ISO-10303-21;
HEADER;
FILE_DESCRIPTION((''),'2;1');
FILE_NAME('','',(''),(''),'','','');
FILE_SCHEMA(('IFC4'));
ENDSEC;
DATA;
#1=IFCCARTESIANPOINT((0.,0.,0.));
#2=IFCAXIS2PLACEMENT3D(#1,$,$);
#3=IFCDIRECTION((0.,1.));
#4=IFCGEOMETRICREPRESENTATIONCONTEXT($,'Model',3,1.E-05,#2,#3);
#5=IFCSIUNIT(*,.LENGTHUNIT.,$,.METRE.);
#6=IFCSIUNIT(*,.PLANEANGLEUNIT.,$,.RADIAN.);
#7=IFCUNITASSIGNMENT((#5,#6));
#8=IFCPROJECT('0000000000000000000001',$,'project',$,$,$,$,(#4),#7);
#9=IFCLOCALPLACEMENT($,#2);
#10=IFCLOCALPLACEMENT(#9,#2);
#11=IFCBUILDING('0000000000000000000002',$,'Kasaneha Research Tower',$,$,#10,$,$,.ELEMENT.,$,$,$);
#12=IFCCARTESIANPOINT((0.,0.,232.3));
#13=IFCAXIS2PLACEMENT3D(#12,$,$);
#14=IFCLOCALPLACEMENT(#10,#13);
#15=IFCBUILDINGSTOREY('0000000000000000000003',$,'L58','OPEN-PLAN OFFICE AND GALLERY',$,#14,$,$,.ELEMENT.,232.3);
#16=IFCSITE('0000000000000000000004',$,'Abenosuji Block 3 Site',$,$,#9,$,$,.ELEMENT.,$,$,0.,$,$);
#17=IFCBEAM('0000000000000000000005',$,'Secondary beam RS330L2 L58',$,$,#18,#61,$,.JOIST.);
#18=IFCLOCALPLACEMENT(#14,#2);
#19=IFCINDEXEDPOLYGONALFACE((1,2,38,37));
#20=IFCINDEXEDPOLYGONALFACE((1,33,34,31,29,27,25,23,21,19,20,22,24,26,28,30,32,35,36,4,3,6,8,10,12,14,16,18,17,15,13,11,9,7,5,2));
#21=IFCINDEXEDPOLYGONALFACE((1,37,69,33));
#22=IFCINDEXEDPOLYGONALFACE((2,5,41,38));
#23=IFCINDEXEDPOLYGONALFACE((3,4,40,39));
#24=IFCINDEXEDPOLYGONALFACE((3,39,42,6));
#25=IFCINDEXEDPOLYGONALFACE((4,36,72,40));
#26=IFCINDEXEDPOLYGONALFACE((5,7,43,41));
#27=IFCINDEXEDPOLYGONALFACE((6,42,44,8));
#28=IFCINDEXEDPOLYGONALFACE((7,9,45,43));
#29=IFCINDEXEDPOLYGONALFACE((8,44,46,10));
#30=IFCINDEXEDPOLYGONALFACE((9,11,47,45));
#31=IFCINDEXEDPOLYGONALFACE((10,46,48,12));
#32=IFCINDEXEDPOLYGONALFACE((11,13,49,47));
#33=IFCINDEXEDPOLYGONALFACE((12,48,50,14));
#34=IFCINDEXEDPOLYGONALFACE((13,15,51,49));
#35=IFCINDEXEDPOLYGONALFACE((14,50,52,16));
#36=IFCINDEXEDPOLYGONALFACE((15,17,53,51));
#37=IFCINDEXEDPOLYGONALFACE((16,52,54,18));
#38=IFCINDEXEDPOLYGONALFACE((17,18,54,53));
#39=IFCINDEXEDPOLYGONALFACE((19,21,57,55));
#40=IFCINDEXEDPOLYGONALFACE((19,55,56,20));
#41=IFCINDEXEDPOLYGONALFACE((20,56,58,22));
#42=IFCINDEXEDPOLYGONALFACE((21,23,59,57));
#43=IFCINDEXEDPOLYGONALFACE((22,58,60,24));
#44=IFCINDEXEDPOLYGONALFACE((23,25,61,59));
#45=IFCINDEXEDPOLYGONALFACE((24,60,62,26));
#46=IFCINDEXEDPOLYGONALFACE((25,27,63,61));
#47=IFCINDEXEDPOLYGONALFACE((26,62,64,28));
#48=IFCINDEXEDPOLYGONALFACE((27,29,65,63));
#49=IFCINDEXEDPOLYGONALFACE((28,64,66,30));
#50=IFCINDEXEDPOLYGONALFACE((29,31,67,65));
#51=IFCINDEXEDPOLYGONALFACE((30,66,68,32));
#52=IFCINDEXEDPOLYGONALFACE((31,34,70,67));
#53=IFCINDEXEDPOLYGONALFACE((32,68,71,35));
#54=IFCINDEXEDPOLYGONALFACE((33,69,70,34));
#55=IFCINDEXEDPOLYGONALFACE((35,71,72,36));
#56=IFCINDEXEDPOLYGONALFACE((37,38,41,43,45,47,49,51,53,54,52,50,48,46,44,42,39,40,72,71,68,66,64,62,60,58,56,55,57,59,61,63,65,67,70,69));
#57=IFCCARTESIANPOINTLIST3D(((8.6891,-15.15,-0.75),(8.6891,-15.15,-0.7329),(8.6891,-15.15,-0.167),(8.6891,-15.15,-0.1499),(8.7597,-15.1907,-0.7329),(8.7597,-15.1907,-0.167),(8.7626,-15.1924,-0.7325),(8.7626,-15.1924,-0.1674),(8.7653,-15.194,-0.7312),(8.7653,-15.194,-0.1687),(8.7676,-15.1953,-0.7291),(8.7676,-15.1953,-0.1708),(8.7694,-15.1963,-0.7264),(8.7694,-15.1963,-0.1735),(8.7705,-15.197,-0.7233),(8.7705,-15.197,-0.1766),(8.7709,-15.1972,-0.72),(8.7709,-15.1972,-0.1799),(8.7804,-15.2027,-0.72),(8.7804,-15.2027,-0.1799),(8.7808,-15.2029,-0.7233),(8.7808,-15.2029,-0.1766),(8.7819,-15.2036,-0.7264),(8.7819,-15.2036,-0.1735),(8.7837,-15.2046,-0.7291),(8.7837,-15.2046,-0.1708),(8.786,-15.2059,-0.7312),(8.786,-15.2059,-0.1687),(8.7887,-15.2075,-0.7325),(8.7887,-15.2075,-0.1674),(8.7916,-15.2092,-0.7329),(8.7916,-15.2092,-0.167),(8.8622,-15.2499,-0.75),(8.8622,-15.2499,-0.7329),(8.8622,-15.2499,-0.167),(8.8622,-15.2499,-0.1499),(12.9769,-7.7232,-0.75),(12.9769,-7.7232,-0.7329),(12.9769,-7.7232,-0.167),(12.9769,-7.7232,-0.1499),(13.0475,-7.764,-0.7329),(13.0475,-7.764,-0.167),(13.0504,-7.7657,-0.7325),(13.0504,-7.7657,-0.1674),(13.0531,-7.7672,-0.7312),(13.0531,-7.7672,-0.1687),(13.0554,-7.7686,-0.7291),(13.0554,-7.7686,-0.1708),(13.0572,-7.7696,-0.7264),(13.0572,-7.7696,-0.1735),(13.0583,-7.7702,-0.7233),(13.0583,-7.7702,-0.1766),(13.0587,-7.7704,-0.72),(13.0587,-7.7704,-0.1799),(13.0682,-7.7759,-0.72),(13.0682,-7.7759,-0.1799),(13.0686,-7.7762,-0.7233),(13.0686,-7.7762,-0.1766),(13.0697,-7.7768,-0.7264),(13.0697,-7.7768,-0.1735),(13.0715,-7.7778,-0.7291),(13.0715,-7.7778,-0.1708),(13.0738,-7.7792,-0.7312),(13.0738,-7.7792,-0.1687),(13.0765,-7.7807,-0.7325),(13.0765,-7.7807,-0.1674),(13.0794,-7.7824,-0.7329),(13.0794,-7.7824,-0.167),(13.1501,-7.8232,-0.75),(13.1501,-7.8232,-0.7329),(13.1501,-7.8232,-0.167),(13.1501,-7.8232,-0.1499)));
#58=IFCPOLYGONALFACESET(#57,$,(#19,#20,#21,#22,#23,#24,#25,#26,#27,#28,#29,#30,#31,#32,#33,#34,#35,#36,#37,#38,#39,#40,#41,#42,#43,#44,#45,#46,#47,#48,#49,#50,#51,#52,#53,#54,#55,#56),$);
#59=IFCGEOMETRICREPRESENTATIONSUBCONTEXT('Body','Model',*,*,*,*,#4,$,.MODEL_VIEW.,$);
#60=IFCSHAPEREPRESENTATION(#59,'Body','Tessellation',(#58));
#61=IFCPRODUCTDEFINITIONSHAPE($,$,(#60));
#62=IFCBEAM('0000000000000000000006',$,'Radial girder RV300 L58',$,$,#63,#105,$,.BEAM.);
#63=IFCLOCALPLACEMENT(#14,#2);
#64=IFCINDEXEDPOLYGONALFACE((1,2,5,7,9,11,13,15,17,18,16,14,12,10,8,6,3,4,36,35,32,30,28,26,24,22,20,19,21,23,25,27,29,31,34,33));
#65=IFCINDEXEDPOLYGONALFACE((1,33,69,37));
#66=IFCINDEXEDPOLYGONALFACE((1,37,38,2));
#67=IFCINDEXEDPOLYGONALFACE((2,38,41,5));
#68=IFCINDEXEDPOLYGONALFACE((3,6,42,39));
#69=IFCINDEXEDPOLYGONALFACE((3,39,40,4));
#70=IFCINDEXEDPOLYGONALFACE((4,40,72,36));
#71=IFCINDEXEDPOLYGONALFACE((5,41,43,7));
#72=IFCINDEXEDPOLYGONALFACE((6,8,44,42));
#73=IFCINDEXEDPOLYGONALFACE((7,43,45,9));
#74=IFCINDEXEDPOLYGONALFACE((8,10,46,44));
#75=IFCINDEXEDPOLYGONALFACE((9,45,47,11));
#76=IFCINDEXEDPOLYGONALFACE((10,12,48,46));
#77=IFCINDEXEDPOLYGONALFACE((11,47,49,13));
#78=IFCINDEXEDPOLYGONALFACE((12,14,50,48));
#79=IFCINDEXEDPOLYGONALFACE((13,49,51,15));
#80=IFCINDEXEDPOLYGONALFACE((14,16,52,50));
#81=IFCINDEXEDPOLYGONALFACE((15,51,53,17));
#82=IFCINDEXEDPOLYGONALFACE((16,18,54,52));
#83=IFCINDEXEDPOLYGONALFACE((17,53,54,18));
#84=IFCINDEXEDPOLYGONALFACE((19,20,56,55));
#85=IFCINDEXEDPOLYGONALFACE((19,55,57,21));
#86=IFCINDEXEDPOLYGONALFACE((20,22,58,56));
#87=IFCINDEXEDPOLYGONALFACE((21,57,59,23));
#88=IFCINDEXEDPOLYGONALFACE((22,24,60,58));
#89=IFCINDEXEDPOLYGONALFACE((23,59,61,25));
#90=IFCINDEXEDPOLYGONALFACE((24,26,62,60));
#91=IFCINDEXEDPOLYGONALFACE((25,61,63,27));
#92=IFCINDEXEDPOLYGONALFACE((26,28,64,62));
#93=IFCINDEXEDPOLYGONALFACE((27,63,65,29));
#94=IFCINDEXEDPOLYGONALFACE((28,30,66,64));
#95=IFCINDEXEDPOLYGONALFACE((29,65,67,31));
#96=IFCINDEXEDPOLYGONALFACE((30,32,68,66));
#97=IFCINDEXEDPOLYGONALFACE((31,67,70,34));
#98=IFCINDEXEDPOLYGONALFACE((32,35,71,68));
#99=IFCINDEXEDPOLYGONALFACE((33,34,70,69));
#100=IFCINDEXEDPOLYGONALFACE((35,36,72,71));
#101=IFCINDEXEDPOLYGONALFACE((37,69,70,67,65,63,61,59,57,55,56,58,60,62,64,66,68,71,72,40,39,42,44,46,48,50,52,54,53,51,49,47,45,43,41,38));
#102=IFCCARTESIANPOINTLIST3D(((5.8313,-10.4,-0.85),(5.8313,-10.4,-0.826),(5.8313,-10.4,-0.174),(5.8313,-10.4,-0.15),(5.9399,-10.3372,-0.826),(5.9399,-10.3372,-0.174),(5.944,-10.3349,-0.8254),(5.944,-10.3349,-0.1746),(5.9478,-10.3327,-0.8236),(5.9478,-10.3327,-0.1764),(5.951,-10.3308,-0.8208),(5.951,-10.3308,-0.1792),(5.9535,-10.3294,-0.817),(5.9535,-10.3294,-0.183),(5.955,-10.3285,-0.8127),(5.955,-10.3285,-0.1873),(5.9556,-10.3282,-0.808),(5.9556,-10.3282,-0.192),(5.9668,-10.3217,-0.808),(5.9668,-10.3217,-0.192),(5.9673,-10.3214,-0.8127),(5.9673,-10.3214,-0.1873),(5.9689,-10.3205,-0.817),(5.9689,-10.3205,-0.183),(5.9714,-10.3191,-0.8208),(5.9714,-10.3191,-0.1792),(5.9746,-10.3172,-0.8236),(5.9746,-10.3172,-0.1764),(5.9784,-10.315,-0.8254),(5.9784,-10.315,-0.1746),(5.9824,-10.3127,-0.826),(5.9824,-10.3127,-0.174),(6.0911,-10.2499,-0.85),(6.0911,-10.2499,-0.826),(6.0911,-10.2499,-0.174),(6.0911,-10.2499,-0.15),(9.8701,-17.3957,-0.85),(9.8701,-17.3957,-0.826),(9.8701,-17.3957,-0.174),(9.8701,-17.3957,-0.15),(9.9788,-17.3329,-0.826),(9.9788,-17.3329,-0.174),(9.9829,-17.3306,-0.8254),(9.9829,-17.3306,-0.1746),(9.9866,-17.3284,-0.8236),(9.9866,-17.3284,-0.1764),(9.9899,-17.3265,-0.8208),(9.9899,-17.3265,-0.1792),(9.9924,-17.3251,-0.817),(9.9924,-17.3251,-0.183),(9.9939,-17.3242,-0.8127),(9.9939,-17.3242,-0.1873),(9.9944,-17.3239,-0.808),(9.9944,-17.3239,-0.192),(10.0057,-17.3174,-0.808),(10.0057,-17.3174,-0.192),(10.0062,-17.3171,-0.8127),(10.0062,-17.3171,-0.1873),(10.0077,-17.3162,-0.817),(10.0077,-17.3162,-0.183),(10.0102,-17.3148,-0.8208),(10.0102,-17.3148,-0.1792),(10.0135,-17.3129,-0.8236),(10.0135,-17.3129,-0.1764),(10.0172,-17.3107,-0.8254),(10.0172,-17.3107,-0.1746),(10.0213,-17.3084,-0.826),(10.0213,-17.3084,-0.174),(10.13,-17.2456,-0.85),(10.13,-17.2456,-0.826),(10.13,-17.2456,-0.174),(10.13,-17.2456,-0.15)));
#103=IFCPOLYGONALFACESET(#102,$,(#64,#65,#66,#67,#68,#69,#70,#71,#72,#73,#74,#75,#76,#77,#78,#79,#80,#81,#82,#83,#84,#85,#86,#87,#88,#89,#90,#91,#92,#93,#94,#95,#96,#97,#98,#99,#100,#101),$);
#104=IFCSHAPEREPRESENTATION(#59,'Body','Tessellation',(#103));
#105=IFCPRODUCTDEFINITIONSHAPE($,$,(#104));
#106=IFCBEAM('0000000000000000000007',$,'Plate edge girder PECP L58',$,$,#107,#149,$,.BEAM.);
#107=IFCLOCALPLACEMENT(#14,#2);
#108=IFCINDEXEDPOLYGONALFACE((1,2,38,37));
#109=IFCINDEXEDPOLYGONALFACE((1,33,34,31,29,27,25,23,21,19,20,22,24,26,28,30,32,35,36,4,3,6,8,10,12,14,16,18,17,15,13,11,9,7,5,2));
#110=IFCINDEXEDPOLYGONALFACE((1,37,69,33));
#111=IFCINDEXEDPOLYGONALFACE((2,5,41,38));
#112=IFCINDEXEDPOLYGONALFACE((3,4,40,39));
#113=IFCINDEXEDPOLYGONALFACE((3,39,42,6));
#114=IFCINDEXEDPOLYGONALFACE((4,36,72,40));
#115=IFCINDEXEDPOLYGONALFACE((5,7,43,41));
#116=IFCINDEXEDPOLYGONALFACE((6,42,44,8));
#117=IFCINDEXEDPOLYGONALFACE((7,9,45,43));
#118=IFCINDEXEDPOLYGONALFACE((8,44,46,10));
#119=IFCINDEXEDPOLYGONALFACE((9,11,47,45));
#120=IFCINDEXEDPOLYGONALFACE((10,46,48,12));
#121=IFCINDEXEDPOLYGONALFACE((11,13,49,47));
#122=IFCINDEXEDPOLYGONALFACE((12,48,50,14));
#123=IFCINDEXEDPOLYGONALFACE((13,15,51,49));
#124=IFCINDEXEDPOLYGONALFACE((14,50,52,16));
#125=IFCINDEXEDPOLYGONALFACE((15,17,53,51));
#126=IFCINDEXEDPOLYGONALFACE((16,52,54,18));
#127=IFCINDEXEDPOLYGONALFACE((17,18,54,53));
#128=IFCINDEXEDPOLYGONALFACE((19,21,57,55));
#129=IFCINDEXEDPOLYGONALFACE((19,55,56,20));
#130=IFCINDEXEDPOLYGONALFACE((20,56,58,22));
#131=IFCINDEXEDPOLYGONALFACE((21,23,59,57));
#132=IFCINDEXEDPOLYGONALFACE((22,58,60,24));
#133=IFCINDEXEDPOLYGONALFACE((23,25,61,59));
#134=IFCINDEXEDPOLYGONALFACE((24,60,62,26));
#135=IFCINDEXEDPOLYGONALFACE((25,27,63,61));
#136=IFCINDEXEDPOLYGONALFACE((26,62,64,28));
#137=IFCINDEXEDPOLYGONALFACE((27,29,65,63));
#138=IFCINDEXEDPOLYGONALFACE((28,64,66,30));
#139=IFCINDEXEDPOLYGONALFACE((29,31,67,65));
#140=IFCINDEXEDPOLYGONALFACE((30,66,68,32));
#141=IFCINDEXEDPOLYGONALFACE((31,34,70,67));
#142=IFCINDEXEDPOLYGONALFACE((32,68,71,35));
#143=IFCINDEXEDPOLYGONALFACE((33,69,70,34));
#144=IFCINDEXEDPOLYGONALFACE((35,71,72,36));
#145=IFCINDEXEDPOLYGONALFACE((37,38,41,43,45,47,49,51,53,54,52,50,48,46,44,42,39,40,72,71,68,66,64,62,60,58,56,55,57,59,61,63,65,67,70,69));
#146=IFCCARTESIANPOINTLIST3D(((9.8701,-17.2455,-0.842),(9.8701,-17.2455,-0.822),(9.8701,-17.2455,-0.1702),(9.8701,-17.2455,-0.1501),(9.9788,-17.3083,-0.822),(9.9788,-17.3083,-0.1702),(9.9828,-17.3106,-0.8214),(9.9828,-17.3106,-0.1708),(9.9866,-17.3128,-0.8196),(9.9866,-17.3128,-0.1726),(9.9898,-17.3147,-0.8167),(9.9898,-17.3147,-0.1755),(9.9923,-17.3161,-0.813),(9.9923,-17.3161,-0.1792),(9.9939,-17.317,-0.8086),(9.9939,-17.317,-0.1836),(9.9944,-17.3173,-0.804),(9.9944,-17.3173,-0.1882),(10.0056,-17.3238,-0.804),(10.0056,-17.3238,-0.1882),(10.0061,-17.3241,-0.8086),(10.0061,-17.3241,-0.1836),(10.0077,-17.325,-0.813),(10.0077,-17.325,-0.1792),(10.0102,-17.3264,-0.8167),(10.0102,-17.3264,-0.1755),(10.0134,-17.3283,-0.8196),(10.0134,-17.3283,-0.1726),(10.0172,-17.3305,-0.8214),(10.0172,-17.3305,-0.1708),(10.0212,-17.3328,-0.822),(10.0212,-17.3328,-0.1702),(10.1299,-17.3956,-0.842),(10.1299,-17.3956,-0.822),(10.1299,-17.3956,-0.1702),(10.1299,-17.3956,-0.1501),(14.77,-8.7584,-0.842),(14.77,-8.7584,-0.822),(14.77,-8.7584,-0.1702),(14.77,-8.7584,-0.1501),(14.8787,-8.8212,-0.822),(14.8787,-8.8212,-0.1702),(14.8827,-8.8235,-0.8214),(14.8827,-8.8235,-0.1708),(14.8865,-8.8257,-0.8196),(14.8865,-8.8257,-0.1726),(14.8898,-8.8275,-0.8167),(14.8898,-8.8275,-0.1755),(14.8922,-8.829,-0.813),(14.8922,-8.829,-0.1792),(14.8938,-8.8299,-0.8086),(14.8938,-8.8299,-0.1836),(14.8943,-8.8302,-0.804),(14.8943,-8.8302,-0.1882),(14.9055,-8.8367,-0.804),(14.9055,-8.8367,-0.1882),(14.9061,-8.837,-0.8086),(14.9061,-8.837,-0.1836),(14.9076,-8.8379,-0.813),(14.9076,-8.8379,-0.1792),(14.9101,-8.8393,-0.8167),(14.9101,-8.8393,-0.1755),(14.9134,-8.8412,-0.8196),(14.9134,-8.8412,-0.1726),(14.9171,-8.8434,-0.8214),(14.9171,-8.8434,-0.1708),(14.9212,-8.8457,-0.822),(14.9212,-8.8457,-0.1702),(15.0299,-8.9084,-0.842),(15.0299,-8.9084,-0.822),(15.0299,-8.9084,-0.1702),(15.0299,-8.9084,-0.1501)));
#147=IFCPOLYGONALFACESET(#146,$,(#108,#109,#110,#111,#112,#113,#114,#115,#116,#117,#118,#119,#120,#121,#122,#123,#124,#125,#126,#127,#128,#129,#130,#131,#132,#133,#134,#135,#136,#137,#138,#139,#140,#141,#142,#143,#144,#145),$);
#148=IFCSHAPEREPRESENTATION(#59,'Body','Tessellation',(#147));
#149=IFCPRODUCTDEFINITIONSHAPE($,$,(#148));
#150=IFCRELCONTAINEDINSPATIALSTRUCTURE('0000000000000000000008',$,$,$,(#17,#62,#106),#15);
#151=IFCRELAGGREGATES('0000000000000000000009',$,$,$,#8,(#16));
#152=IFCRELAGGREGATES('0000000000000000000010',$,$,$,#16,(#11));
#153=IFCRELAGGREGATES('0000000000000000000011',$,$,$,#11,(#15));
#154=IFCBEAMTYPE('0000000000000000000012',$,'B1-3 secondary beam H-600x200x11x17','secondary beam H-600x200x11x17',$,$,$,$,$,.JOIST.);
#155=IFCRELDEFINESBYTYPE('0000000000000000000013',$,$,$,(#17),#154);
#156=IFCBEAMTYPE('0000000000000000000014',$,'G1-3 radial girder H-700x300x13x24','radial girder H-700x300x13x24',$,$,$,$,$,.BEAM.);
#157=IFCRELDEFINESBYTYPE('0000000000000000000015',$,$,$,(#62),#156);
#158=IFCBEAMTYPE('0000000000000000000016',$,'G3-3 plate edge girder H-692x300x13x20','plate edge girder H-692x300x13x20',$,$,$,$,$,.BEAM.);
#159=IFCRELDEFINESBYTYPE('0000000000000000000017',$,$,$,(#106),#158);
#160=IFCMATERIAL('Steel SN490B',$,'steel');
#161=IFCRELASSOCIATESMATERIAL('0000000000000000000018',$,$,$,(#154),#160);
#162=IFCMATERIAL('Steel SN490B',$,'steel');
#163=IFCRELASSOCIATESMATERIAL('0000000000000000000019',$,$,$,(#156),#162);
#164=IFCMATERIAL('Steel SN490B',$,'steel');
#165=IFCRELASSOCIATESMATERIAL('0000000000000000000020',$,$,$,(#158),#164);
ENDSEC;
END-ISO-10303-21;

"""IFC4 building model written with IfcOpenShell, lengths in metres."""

from ifc_helpers import new_model, si_unit, direction, frame, origin, origin_2d, place, context, subcontext, project, spatial, i_section, extrude, material, material_profile, profile_set, type_object, element, save


model = new_model("IFC4")

# Units and contexts
model_context = context("Model", 3, precision=1e-05, world=origin(), true_north=direction((0.0, 1.0)))
body_context = subcontext(model_context, "Body", "Model", "MODEL_VIEW")
ifc_project = project(units=[si_unit("LENGTHUNIT", "METRE"), si_unit("PLANEANGLEUNIT", "RADIAN")], contexts=[model_context])

# Site, building, storey
site_placement = place(None, origin())
site = spatial("IfcSite", under=ifc_project, at=site_placement, Name="Abenosuji Block 3 Site", CompositionType="ELEMENT", RefElevation=0.0)
building_placement = place(site_placement, origin())
building = spatial("IfcBuilding", under=site, at=building_placement, Name="Kasaneha Research Tower", CompositionType="ELEMENT")
storey_placement = place(building_placement, frame((0.0, 0.0, 232.3)))
storey = spatial("IfcBuildingStorey", under=building, at=storey_placement, Name="L58", Description="OPEN-PLAN OFFICE AND GALLERY", CompositionType="ELEMENT", Elevation=232.3)

# Beams
ifc_material_1 = material(Name="Steel SN490B", Category="steel")
ifc_material_profile_1 = material_profile(ifc_material_1, i_section(OverallWidth=0.2, OverallDepth=0.6001, WebThickness=0.011, FlangeThickness=0.0171, FilletRadius=0.0129, at=origin_2d()), Name="H-600x200x11x17")
ifc_profile_set_1 = profile_set([ifc_material_profile_1], Name="Steel SN490B")
beam_type_1 = type_object("IfcBeamType", Name="B1-3 secondary beam H-600x200x11x17", Description="secondary beam H-600x200x11x17", PredefinedType="JOIST", material=ifc_profile_set_1)
beam_1_placement = place(storey_placement, frame((8.7756, -15.2, -0.45), z_axis=(0.5, 0.866025, 0.0), x_axis=(-0.866025, 0.5, 0.0)))
element("IfcBeam", 1, at=beam_1_placement, inside=storey, type_object=beam_type_1, Name="Secondary beam RS330L2 L58", PredefinedType="JOIST", context=body_context, shape_type="SweptSolid", body=[
    extrude(i_section(OverallWidth=0.2, OverallDepth=0.6001, WebThickness=0.011, FlangeThickness=0.0171, FilletRadius=0.0129, at=origin_2d()), origin(), (0.0, 0.0, 1.0), 8.5757),
])
ifc_material_2 = material(Name="Steel SN490B", Category="steel")
ifc_material_profile_2 = material_profile(ifc_material_2, i_section(OverallWidth=0.3, OverallDepth=0.7, WebThickness=0.0129, FlangeThickness=0.0239, FilletRadius=0.0181, at=origin_2d()), Name="H-700x300x13x24")
ifc_profile_set_2 = profile_set([ifc_material_profile_2], Name="Steel SN490B")
beam_type_2 = type_object("IfcBeamType", Name="G1-3 radial girder H-700x300x13x24", Description="radial girder H-700x300x13x24", PredefinedType="BEAM", material=ifc_profile_set_2)
beam_2_placement = place(storey_placement, frame((5.9612, -10.325, -0.5), z_axis=(0.499991, -0.866031, 0.0), x_axis=(0.866031, 0.499991, 0.0)))
element("IfcBeam", 2, at=beam_2_placement, inside=storey, type_object=beam_type_2, Name="Radial girder RV300 L58", PredefinedType="BEAM", context=body_context, shape_type="SweptSolid", body=[
    extrude(i_section(OverallWidth=0.3, OverallDepth=0.7, WebThickness=0.0129, FlangeThickness=0.0239, FilletRadius=0.0181, at=origin_2d()), origin(), (0.0, 0.0, 1.0), 8.0779),
])
ifc_material_3 = material(Name="Steel SN490B", Category="steel")
ifc_material_profile_3 = material_profile(ifc_material_3, i_section(OverallWidth=0.3, OverallDepth=0.6919, WebThickness=0.0129, FlangeThickness=0.02, FilletRadius=0.0181, at=origin_2d()), Name="H-692x300x13x20")
ifc_profile_set_3 = profile_set([ifc_material_profile_3], Name="Steel SN490B")
beam_type_3 = type_object("IfcBeamType", Name="G3-3 plate edge girder H-692x300x13x20", Description="plate edge girder H-692x300x13x20", PredefinedType="BEAM", material=ifc_profile_set_3)
beam_3_placement = place(storey_placement, frame((10.0, -17.3206, -0.4961), z_axis=(0.499992, 0.86603, 0.0), x_axis=(-0.86603, 0.499992, 0.0)))
element("IfcBeam", 3, at=beam_3_placement, inside=storey, type_object=beam_type_3, Name="Plate edge girder PECP L58", PredefinedType="BEAM", context=body_context, shape_type="SweptSolid", body=[
    extrude(i_section(OverallWidth=0.3, OverallDepth=0.6919, WebThickness=0.0129, FlangeThickness=0.02, FilletRadius=0.0181, at=origin_2d()), origin(), (0.0, 0.0, 1.0), 9.8),
])

save(model, "model.ifc")
